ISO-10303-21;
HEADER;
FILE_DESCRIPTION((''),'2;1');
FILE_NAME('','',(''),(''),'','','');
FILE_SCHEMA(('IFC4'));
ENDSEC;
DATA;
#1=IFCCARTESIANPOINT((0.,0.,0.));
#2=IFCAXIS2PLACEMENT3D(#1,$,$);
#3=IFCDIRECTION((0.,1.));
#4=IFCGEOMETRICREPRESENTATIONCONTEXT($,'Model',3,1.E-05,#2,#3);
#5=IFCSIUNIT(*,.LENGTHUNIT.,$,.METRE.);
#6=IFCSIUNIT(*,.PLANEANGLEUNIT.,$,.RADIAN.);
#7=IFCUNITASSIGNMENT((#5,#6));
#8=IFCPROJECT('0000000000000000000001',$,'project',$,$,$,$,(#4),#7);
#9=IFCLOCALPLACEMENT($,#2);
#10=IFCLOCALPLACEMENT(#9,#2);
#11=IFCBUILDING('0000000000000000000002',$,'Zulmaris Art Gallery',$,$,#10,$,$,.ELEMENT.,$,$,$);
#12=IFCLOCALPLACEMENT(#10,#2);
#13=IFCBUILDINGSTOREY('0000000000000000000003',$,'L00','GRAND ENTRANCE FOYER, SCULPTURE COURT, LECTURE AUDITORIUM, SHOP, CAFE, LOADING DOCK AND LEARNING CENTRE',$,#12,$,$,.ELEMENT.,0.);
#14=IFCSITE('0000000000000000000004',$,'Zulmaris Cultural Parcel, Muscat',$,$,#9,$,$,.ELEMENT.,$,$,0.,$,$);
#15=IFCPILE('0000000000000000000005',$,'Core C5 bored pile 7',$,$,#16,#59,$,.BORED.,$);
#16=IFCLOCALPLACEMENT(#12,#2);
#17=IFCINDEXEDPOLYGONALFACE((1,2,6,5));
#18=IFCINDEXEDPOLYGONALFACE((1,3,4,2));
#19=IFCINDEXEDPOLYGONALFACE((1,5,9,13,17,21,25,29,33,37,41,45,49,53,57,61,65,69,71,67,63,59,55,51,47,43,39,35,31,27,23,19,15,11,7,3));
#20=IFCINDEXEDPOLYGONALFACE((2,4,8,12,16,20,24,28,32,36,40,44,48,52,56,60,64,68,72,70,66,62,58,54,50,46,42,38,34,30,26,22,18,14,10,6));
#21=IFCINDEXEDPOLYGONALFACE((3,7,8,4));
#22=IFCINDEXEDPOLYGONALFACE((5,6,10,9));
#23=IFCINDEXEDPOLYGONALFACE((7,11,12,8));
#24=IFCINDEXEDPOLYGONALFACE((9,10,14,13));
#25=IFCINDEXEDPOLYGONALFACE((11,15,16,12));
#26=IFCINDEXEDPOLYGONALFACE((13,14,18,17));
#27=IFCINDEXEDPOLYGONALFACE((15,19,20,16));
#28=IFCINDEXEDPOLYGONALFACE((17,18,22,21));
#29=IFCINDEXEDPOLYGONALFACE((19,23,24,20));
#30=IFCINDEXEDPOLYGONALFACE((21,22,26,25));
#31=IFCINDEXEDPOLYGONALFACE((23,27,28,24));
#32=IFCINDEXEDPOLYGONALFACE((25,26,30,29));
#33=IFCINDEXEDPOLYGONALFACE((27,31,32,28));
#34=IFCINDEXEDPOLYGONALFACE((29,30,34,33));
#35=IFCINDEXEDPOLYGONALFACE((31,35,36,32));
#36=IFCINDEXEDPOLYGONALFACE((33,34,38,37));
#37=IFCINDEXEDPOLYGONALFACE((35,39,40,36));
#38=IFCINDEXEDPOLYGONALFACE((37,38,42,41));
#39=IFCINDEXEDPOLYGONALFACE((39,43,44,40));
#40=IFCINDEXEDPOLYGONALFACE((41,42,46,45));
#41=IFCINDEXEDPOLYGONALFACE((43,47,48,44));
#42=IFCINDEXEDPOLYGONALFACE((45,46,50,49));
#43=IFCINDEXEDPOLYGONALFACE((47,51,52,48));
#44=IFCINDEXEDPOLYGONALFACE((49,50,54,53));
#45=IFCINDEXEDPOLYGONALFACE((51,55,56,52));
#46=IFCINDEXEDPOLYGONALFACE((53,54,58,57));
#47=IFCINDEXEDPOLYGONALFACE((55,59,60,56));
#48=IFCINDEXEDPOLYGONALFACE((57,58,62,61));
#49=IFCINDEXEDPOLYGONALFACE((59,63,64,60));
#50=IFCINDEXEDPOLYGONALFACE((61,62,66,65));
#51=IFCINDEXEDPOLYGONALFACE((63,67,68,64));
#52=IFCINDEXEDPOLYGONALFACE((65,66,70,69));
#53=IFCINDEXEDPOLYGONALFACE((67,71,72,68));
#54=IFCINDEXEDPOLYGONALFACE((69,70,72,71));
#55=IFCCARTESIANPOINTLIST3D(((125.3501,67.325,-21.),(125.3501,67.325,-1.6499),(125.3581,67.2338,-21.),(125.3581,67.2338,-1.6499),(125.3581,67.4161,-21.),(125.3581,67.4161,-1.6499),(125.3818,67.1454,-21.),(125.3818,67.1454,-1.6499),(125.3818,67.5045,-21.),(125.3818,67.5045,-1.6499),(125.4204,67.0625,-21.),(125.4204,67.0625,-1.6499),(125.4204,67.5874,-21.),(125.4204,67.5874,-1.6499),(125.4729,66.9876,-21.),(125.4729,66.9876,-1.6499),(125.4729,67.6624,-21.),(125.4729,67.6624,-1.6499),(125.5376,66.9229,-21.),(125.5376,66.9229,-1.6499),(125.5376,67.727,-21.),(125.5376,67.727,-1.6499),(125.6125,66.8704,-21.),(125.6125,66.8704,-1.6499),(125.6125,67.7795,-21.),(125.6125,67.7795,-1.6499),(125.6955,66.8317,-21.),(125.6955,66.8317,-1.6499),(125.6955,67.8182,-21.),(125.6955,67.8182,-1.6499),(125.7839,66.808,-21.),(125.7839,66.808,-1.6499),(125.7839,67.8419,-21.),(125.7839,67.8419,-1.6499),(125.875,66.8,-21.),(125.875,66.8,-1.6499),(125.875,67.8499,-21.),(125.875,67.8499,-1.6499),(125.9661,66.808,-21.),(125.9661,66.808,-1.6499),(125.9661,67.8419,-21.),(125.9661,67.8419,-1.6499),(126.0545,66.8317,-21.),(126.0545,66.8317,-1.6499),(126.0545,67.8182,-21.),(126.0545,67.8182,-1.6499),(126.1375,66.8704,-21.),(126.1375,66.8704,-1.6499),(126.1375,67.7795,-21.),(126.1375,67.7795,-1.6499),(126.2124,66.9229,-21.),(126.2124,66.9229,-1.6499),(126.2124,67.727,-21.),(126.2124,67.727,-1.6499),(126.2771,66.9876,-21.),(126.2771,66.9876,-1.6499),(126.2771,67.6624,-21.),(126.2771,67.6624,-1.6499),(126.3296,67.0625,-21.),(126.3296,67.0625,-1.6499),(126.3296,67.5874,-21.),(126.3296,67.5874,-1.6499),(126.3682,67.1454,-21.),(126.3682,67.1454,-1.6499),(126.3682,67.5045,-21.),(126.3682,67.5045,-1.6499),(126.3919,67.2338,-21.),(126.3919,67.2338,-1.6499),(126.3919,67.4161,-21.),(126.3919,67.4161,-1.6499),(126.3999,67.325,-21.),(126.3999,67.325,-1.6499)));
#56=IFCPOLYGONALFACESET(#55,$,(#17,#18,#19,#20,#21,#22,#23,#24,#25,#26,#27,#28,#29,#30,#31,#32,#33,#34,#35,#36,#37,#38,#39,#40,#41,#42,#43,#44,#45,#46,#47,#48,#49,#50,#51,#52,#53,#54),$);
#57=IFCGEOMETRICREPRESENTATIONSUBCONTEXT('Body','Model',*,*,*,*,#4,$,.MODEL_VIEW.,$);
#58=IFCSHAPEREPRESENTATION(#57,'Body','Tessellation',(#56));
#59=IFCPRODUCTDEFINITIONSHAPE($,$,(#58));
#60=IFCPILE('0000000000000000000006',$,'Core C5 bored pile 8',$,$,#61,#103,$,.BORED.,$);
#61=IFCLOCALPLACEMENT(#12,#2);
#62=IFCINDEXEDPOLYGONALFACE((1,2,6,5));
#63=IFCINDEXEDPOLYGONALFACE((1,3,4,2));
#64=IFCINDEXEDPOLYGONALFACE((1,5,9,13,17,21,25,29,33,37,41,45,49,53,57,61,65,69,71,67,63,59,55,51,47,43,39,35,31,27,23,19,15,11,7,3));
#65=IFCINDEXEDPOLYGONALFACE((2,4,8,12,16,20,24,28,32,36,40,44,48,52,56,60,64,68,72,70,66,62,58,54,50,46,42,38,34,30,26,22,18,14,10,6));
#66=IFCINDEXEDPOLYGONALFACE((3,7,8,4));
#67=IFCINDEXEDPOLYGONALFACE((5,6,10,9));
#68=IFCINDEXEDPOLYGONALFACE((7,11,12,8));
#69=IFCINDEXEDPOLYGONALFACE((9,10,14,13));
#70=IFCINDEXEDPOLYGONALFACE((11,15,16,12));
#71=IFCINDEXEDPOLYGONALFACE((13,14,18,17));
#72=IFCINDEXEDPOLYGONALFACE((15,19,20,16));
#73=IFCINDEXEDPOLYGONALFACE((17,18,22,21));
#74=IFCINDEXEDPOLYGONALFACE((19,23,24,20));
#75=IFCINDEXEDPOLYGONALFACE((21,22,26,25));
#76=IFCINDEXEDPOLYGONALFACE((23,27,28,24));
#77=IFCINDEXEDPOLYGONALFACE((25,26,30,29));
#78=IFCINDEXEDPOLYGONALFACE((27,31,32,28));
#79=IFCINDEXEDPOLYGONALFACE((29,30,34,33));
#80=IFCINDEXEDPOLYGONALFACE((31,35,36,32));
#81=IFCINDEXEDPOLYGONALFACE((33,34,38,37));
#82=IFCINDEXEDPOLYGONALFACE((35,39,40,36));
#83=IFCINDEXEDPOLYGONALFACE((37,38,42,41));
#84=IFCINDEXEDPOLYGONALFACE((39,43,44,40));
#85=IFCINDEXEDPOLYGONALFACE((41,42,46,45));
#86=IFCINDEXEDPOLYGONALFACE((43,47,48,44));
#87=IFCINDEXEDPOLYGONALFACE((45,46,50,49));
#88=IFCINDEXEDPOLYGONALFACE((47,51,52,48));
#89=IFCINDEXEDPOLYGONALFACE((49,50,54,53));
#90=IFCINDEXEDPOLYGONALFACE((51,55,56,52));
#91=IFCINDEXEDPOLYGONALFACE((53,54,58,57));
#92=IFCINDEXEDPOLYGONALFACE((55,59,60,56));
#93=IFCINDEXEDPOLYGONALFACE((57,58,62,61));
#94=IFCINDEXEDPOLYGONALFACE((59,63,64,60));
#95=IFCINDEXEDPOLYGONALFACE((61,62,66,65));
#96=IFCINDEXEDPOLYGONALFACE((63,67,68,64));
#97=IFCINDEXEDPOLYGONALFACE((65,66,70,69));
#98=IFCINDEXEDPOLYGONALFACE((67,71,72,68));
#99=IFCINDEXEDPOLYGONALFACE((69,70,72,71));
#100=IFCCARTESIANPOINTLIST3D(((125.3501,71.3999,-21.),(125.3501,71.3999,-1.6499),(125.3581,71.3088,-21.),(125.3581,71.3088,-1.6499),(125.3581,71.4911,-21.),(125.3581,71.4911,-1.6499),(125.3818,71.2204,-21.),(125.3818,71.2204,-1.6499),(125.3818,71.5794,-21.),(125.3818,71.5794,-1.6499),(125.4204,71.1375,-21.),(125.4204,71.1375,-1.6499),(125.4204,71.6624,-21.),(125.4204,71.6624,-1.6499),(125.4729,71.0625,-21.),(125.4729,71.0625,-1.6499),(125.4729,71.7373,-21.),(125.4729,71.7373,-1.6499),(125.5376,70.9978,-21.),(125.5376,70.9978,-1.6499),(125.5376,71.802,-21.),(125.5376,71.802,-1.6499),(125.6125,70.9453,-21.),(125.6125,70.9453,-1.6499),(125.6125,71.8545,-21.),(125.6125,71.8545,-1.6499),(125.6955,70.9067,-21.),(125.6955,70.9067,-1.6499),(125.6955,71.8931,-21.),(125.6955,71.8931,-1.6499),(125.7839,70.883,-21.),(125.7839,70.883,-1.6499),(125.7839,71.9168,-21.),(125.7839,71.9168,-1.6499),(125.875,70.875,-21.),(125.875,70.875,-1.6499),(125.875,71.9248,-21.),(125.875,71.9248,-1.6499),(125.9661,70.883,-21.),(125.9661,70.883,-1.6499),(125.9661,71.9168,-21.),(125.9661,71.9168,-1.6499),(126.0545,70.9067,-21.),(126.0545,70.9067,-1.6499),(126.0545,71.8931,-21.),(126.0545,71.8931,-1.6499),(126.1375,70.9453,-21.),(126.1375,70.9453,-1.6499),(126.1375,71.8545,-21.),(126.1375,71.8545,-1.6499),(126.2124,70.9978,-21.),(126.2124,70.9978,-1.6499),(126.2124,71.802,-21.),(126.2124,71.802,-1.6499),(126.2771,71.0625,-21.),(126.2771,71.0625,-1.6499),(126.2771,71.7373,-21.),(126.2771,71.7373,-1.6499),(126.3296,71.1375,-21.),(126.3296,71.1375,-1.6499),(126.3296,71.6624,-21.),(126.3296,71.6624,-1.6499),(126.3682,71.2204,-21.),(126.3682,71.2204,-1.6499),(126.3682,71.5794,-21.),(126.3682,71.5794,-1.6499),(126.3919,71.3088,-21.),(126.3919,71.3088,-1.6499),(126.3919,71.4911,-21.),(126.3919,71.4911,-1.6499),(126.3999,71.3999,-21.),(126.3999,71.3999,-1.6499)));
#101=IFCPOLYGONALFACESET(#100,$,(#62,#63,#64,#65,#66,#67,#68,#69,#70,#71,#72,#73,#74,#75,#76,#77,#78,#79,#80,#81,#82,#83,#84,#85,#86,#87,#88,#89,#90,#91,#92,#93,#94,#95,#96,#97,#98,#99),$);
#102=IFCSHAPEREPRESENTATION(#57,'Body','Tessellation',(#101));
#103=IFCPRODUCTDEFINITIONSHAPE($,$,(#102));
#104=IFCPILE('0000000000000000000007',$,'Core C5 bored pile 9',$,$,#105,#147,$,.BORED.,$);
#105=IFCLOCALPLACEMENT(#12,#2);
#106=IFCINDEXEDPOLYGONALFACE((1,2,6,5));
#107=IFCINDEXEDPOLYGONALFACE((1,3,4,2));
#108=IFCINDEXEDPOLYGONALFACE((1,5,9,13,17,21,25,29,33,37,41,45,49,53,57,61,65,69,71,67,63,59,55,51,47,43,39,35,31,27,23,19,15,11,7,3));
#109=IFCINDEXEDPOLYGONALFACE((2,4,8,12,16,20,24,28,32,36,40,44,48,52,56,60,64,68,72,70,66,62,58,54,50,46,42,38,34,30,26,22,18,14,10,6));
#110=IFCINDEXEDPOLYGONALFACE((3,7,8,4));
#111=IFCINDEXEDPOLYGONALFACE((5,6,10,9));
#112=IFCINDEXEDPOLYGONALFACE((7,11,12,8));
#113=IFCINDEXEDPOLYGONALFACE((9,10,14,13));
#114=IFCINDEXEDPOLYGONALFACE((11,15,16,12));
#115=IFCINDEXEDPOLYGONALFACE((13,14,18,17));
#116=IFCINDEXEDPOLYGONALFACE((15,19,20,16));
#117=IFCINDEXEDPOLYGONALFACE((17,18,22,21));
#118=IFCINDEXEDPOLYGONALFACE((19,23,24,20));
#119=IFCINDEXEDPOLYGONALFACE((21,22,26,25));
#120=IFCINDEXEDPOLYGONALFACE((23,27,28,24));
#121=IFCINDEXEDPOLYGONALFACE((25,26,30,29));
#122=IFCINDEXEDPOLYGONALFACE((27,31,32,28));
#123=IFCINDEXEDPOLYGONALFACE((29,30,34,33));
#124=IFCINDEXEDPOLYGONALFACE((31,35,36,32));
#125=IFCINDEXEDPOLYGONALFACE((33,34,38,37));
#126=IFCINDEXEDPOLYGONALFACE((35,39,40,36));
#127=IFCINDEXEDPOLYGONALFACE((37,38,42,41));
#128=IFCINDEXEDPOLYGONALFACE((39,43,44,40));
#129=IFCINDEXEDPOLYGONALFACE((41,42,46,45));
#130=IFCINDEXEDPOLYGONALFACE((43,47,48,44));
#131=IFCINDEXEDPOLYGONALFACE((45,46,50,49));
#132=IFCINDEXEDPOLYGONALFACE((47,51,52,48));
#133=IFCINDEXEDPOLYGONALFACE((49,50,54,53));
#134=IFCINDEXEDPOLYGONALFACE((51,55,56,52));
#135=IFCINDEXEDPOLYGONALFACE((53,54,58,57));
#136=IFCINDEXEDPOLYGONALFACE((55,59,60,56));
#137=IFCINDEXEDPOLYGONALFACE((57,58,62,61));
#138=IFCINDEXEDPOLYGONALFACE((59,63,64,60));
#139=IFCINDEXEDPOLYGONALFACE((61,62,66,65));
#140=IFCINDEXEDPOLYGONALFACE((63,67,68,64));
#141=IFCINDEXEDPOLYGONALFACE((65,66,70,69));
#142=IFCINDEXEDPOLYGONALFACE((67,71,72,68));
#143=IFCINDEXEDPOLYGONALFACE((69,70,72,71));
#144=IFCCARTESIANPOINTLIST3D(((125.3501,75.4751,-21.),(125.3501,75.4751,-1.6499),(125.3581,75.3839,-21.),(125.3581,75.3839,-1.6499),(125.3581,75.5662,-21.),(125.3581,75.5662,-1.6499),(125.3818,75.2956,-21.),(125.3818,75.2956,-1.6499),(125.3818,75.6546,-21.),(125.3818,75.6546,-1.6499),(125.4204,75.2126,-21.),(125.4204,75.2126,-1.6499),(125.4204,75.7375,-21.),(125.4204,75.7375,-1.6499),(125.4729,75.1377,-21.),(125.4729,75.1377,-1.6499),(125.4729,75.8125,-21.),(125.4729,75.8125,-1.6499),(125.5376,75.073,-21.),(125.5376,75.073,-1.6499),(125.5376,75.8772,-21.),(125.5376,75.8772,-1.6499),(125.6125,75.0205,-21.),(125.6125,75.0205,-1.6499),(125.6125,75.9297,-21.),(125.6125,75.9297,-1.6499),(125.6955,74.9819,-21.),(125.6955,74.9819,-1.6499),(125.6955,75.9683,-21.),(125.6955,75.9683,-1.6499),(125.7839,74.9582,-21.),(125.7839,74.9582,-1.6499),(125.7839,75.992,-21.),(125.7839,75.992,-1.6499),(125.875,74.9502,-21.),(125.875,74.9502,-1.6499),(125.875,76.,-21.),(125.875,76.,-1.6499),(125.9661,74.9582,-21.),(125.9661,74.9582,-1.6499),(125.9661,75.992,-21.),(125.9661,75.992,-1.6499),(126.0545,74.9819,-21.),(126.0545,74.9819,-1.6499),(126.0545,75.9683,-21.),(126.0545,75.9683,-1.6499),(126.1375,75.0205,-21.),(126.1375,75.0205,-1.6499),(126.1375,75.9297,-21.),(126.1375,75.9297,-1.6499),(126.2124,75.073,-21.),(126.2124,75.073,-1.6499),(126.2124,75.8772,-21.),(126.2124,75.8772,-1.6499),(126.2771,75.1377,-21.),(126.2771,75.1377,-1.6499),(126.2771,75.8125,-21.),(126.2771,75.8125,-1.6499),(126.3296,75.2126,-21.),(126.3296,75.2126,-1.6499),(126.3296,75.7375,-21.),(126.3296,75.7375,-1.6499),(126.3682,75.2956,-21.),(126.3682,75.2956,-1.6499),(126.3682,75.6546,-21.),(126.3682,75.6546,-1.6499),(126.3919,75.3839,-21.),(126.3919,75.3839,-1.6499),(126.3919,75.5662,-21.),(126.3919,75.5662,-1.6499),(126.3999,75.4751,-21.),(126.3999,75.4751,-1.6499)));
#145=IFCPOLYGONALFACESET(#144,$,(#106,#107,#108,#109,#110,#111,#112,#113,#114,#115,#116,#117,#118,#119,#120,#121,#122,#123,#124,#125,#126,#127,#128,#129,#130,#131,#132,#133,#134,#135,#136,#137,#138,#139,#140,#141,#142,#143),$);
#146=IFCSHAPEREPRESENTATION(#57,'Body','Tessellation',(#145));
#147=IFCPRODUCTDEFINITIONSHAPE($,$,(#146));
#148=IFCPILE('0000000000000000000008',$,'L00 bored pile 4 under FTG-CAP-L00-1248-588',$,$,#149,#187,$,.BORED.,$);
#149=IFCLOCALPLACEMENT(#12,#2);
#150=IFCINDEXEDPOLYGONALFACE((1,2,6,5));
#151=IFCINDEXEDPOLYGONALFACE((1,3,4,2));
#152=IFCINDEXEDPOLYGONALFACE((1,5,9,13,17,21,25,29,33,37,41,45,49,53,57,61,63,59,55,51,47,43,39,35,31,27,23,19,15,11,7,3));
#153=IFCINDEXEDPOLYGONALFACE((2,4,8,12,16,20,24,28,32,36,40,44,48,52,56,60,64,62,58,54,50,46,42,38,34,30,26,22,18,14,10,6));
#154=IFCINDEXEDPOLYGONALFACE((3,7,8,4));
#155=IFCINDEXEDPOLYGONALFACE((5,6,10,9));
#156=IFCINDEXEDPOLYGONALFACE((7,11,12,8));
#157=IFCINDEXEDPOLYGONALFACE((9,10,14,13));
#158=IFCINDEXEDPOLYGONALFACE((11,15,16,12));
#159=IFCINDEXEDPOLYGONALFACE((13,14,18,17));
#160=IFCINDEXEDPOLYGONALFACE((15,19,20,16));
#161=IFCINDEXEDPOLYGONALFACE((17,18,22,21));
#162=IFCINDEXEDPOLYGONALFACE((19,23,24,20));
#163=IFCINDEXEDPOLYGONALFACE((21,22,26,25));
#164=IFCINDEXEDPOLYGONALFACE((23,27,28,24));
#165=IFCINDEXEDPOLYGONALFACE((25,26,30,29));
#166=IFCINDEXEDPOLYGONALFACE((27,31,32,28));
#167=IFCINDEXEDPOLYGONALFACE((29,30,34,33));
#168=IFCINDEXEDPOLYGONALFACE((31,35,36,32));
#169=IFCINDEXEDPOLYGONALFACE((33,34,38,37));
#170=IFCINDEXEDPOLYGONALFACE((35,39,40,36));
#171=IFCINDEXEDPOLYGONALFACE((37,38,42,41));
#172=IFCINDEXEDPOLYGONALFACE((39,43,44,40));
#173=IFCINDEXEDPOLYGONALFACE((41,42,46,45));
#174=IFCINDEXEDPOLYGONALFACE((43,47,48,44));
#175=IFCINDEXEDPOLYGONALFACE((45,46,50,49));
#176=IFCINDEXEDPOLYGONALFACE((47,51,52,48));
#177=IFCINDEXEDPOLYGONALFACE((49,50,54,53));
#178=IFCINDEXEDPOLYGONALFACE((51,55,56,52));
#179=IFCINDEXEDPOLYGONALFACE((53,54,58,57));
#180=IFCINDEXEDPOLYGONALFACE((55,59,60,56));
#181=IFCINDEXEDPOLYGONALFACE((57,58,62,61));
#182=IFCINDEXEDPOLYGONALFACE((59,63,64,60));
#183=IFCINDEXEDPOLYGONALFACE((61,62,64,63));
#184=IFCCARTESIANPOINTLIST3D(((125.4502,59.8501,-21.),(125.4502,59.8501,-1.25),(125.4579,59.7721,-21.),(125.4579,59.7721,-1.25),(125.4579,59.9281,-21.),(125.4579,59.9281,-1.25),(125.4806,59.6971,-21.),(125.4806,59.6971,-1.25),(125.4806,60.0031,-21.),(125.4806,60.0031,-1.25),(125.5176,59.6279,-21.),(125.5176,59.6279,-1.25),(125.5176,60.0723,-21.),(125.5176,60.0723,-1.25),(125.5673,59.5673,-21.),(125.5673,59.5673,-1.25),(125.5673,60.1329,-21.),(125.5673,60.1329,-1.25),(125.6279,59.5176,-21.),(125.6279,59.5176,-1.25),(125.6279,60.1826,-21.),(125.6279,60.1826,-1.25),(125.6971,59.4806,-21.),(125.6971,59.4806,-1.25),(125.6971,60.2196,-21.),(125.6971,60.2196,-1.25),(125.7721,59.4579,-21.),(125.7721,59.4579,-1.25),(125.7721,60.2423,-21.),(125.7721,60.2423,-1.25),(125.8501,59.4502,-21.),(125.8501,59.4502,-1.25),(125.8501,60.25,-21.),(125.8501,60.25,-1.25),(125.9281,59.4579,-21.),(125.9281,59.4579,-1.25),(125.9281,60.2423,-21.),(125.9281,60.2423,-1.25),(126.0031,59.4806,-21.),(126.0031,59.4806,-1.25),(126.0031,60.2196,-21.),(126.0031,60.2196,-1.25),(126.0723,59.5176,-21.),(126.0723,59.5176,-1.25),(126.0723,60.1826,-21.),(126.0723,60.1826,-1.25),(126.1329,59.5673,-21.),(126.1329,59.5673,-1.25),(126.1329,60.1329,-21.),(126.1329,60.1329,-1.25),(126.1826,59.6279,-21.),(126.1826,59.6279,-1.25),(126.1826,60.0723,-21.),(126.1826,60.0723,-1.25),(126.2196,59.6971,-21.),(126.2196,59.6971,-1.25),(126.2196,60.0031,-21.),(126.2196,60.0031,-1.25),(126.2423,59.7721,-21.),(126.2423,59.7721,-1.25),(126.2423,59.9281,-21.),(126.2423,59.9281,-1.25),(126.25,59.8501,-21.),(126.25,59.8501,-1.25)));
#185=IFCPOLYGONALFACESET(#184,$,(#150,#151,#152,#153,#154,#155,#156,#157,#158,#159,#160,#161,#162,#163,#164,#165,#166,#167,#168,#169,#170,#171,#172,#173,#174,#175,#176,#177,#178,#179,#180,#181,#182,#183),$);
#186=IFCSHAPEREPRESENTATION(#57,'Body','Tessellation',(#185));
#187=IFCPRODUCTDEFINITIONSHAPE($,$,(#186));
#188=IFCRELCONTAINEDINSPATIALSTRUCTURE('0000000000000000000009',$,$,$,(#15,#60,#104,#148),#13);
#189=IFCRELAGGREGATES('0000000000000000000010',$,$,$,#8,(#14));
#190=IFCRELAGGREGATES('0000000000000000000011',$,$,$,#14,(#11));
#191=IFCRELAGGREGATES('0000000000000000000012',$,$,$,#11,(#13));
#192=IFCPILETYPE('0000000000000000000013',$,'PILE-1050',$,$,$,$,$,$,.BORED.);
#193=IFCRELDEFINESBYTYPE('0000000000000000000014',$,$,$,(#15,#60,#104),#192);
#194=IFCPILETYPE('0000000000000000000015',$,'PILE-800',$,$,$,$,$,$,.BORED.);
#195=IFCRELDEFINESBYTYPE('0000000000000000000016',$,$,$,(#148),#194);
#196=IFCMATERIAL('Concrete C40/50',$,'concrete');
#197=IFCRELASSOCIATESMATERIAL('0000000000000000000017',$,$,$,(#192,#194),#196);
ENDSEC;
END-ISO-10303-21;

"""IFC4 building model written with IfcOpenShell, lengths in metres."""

from ifc_helpers import new_model, si_unit, direction, frame, origin, origin_2d, place, context, subcontext, project, spatial, circle, extrude, material, material_profile, profile_set, type_object, element, save


model = new_model("IFC4")

# Units and contexts
model_context = context("Model", 3, precision=1e-05, world=origin(), true_north=direction((0.0, 1.0)))
body_context = subcontext(model_context, "Body", "Model", "MODEL_VIEW")
ifc_project = project(units=[si_unit("LENGTHUNIT", "METRE"), si_unit("PLANEANGLEUNIT", "RADIAN")], contexts=[model_context])

# Site, building, storey
site_placement = place(None, origin())
site = spatial("IfcSite", under=ifc_project, at=site_placement, Name="Zulmaris Cultural Parcel, Muscat", CompositionType="ELEMENT", RefElevation=0.0)
building_placement = place(site_placement, origin())
building = spatial("IfcBuilding", under=site, at=building_placement, Name="Zulmaris Art Gallery", CompositionType="ELEMENT")
storey_placement = place(building_placement, origin())
storey = spatial("IfcBuildingStorey", under=building, at=storey_placement, Name="L00", Description="GRAND ENTRANCE FOYER, SCULPTURE COURT, LECTURE AUDITORIUM, SHOP, CAFE, LOADING DOCK AND LEARNING CENTRE", CompositionType="ELEMENT", Elevation=0.0)

# Piles
ifc_material_1 = material(Name="Concrete C40/50", Category="concrete")
ifc_material_profile_1 = material_profile(ifc_material_1, circle(Radius=0.5249, at=origin_2d()), Name="PILE DIA 1050")
ifc_profile_set_1 = profile_set([ifc_material_profile_1], Name="Concrete C40/50")
pile_type_1 = type_object("IfcPileType", Name="PILE-1050", PredefinedType="BORED", material=ifc_profile_set_1)
for number, where, z_axis, x_axis, name in (
    (1, (125.875, 67.325, -1.6499), (0.0, 0.0, -1.0), (1.0, 0.0, 0.0), "Core C5 bored pile 7"),
    (2, (125.875, 71.3999, -1.6499), (0.0, 0.0, -1.0), (1.0, 0.0, 0.0), "Core C5 bored pile 8"),
    (3, (125.875, 75.4751, -1.6499), (0.0, 0.0, -1.0), (1.0, 0.0, 0.0), "Core C5 bored pile 9"),
):
    element("IfcPile", number, at=place(storey_placement, frame(where, z_axis=z_axis, x_axis=x_axis)), inside=storey, type_object=pile_type_1, Name=name, PredefinedType="BORED", context=body_context, shape_type="SweptSolid", body=[
        extrude(circle(Radius=0.5249, at=origin_2d()), origin(), (0.0, 0.0, 1.0), 19.3501),
    ])
ifc_material_profile_2 = material_profile(ifc_material_1, circle(Radius=0.3999, at=origin_2d()), Name="PILE DIA 800")
ifc_profile_set_2 = profile_set([ifc_material_profile_2], Name="Concrete C40/50")
pile_type_2 = type_object("IfcPileType", Name="PILE-800", PredefinedType="BORED", material=ifc_profile_set_2)
pile_placement = place(storey_placement, frame((125.8501, 59.8501, -1.25), z_axis=(0.0, 0.0, -1.0), x_axis=(1.0, 0.0, 0.0)))
element("IfcPile", 4, at=pile_placement, inside=storey, type_object=pile_type_2, Name="L00 bored pile 4 under FTG-CAP-L00-1248-588", PredefinedType="BORED", context=body_context, shape_type="SweptSolid", body=[
    extrude(circle(Radius=0.3999, at=origin_2d()), origin(), (0.0, 0.0, 1.0), 19.75),
])

save(model, "model.ifc")
